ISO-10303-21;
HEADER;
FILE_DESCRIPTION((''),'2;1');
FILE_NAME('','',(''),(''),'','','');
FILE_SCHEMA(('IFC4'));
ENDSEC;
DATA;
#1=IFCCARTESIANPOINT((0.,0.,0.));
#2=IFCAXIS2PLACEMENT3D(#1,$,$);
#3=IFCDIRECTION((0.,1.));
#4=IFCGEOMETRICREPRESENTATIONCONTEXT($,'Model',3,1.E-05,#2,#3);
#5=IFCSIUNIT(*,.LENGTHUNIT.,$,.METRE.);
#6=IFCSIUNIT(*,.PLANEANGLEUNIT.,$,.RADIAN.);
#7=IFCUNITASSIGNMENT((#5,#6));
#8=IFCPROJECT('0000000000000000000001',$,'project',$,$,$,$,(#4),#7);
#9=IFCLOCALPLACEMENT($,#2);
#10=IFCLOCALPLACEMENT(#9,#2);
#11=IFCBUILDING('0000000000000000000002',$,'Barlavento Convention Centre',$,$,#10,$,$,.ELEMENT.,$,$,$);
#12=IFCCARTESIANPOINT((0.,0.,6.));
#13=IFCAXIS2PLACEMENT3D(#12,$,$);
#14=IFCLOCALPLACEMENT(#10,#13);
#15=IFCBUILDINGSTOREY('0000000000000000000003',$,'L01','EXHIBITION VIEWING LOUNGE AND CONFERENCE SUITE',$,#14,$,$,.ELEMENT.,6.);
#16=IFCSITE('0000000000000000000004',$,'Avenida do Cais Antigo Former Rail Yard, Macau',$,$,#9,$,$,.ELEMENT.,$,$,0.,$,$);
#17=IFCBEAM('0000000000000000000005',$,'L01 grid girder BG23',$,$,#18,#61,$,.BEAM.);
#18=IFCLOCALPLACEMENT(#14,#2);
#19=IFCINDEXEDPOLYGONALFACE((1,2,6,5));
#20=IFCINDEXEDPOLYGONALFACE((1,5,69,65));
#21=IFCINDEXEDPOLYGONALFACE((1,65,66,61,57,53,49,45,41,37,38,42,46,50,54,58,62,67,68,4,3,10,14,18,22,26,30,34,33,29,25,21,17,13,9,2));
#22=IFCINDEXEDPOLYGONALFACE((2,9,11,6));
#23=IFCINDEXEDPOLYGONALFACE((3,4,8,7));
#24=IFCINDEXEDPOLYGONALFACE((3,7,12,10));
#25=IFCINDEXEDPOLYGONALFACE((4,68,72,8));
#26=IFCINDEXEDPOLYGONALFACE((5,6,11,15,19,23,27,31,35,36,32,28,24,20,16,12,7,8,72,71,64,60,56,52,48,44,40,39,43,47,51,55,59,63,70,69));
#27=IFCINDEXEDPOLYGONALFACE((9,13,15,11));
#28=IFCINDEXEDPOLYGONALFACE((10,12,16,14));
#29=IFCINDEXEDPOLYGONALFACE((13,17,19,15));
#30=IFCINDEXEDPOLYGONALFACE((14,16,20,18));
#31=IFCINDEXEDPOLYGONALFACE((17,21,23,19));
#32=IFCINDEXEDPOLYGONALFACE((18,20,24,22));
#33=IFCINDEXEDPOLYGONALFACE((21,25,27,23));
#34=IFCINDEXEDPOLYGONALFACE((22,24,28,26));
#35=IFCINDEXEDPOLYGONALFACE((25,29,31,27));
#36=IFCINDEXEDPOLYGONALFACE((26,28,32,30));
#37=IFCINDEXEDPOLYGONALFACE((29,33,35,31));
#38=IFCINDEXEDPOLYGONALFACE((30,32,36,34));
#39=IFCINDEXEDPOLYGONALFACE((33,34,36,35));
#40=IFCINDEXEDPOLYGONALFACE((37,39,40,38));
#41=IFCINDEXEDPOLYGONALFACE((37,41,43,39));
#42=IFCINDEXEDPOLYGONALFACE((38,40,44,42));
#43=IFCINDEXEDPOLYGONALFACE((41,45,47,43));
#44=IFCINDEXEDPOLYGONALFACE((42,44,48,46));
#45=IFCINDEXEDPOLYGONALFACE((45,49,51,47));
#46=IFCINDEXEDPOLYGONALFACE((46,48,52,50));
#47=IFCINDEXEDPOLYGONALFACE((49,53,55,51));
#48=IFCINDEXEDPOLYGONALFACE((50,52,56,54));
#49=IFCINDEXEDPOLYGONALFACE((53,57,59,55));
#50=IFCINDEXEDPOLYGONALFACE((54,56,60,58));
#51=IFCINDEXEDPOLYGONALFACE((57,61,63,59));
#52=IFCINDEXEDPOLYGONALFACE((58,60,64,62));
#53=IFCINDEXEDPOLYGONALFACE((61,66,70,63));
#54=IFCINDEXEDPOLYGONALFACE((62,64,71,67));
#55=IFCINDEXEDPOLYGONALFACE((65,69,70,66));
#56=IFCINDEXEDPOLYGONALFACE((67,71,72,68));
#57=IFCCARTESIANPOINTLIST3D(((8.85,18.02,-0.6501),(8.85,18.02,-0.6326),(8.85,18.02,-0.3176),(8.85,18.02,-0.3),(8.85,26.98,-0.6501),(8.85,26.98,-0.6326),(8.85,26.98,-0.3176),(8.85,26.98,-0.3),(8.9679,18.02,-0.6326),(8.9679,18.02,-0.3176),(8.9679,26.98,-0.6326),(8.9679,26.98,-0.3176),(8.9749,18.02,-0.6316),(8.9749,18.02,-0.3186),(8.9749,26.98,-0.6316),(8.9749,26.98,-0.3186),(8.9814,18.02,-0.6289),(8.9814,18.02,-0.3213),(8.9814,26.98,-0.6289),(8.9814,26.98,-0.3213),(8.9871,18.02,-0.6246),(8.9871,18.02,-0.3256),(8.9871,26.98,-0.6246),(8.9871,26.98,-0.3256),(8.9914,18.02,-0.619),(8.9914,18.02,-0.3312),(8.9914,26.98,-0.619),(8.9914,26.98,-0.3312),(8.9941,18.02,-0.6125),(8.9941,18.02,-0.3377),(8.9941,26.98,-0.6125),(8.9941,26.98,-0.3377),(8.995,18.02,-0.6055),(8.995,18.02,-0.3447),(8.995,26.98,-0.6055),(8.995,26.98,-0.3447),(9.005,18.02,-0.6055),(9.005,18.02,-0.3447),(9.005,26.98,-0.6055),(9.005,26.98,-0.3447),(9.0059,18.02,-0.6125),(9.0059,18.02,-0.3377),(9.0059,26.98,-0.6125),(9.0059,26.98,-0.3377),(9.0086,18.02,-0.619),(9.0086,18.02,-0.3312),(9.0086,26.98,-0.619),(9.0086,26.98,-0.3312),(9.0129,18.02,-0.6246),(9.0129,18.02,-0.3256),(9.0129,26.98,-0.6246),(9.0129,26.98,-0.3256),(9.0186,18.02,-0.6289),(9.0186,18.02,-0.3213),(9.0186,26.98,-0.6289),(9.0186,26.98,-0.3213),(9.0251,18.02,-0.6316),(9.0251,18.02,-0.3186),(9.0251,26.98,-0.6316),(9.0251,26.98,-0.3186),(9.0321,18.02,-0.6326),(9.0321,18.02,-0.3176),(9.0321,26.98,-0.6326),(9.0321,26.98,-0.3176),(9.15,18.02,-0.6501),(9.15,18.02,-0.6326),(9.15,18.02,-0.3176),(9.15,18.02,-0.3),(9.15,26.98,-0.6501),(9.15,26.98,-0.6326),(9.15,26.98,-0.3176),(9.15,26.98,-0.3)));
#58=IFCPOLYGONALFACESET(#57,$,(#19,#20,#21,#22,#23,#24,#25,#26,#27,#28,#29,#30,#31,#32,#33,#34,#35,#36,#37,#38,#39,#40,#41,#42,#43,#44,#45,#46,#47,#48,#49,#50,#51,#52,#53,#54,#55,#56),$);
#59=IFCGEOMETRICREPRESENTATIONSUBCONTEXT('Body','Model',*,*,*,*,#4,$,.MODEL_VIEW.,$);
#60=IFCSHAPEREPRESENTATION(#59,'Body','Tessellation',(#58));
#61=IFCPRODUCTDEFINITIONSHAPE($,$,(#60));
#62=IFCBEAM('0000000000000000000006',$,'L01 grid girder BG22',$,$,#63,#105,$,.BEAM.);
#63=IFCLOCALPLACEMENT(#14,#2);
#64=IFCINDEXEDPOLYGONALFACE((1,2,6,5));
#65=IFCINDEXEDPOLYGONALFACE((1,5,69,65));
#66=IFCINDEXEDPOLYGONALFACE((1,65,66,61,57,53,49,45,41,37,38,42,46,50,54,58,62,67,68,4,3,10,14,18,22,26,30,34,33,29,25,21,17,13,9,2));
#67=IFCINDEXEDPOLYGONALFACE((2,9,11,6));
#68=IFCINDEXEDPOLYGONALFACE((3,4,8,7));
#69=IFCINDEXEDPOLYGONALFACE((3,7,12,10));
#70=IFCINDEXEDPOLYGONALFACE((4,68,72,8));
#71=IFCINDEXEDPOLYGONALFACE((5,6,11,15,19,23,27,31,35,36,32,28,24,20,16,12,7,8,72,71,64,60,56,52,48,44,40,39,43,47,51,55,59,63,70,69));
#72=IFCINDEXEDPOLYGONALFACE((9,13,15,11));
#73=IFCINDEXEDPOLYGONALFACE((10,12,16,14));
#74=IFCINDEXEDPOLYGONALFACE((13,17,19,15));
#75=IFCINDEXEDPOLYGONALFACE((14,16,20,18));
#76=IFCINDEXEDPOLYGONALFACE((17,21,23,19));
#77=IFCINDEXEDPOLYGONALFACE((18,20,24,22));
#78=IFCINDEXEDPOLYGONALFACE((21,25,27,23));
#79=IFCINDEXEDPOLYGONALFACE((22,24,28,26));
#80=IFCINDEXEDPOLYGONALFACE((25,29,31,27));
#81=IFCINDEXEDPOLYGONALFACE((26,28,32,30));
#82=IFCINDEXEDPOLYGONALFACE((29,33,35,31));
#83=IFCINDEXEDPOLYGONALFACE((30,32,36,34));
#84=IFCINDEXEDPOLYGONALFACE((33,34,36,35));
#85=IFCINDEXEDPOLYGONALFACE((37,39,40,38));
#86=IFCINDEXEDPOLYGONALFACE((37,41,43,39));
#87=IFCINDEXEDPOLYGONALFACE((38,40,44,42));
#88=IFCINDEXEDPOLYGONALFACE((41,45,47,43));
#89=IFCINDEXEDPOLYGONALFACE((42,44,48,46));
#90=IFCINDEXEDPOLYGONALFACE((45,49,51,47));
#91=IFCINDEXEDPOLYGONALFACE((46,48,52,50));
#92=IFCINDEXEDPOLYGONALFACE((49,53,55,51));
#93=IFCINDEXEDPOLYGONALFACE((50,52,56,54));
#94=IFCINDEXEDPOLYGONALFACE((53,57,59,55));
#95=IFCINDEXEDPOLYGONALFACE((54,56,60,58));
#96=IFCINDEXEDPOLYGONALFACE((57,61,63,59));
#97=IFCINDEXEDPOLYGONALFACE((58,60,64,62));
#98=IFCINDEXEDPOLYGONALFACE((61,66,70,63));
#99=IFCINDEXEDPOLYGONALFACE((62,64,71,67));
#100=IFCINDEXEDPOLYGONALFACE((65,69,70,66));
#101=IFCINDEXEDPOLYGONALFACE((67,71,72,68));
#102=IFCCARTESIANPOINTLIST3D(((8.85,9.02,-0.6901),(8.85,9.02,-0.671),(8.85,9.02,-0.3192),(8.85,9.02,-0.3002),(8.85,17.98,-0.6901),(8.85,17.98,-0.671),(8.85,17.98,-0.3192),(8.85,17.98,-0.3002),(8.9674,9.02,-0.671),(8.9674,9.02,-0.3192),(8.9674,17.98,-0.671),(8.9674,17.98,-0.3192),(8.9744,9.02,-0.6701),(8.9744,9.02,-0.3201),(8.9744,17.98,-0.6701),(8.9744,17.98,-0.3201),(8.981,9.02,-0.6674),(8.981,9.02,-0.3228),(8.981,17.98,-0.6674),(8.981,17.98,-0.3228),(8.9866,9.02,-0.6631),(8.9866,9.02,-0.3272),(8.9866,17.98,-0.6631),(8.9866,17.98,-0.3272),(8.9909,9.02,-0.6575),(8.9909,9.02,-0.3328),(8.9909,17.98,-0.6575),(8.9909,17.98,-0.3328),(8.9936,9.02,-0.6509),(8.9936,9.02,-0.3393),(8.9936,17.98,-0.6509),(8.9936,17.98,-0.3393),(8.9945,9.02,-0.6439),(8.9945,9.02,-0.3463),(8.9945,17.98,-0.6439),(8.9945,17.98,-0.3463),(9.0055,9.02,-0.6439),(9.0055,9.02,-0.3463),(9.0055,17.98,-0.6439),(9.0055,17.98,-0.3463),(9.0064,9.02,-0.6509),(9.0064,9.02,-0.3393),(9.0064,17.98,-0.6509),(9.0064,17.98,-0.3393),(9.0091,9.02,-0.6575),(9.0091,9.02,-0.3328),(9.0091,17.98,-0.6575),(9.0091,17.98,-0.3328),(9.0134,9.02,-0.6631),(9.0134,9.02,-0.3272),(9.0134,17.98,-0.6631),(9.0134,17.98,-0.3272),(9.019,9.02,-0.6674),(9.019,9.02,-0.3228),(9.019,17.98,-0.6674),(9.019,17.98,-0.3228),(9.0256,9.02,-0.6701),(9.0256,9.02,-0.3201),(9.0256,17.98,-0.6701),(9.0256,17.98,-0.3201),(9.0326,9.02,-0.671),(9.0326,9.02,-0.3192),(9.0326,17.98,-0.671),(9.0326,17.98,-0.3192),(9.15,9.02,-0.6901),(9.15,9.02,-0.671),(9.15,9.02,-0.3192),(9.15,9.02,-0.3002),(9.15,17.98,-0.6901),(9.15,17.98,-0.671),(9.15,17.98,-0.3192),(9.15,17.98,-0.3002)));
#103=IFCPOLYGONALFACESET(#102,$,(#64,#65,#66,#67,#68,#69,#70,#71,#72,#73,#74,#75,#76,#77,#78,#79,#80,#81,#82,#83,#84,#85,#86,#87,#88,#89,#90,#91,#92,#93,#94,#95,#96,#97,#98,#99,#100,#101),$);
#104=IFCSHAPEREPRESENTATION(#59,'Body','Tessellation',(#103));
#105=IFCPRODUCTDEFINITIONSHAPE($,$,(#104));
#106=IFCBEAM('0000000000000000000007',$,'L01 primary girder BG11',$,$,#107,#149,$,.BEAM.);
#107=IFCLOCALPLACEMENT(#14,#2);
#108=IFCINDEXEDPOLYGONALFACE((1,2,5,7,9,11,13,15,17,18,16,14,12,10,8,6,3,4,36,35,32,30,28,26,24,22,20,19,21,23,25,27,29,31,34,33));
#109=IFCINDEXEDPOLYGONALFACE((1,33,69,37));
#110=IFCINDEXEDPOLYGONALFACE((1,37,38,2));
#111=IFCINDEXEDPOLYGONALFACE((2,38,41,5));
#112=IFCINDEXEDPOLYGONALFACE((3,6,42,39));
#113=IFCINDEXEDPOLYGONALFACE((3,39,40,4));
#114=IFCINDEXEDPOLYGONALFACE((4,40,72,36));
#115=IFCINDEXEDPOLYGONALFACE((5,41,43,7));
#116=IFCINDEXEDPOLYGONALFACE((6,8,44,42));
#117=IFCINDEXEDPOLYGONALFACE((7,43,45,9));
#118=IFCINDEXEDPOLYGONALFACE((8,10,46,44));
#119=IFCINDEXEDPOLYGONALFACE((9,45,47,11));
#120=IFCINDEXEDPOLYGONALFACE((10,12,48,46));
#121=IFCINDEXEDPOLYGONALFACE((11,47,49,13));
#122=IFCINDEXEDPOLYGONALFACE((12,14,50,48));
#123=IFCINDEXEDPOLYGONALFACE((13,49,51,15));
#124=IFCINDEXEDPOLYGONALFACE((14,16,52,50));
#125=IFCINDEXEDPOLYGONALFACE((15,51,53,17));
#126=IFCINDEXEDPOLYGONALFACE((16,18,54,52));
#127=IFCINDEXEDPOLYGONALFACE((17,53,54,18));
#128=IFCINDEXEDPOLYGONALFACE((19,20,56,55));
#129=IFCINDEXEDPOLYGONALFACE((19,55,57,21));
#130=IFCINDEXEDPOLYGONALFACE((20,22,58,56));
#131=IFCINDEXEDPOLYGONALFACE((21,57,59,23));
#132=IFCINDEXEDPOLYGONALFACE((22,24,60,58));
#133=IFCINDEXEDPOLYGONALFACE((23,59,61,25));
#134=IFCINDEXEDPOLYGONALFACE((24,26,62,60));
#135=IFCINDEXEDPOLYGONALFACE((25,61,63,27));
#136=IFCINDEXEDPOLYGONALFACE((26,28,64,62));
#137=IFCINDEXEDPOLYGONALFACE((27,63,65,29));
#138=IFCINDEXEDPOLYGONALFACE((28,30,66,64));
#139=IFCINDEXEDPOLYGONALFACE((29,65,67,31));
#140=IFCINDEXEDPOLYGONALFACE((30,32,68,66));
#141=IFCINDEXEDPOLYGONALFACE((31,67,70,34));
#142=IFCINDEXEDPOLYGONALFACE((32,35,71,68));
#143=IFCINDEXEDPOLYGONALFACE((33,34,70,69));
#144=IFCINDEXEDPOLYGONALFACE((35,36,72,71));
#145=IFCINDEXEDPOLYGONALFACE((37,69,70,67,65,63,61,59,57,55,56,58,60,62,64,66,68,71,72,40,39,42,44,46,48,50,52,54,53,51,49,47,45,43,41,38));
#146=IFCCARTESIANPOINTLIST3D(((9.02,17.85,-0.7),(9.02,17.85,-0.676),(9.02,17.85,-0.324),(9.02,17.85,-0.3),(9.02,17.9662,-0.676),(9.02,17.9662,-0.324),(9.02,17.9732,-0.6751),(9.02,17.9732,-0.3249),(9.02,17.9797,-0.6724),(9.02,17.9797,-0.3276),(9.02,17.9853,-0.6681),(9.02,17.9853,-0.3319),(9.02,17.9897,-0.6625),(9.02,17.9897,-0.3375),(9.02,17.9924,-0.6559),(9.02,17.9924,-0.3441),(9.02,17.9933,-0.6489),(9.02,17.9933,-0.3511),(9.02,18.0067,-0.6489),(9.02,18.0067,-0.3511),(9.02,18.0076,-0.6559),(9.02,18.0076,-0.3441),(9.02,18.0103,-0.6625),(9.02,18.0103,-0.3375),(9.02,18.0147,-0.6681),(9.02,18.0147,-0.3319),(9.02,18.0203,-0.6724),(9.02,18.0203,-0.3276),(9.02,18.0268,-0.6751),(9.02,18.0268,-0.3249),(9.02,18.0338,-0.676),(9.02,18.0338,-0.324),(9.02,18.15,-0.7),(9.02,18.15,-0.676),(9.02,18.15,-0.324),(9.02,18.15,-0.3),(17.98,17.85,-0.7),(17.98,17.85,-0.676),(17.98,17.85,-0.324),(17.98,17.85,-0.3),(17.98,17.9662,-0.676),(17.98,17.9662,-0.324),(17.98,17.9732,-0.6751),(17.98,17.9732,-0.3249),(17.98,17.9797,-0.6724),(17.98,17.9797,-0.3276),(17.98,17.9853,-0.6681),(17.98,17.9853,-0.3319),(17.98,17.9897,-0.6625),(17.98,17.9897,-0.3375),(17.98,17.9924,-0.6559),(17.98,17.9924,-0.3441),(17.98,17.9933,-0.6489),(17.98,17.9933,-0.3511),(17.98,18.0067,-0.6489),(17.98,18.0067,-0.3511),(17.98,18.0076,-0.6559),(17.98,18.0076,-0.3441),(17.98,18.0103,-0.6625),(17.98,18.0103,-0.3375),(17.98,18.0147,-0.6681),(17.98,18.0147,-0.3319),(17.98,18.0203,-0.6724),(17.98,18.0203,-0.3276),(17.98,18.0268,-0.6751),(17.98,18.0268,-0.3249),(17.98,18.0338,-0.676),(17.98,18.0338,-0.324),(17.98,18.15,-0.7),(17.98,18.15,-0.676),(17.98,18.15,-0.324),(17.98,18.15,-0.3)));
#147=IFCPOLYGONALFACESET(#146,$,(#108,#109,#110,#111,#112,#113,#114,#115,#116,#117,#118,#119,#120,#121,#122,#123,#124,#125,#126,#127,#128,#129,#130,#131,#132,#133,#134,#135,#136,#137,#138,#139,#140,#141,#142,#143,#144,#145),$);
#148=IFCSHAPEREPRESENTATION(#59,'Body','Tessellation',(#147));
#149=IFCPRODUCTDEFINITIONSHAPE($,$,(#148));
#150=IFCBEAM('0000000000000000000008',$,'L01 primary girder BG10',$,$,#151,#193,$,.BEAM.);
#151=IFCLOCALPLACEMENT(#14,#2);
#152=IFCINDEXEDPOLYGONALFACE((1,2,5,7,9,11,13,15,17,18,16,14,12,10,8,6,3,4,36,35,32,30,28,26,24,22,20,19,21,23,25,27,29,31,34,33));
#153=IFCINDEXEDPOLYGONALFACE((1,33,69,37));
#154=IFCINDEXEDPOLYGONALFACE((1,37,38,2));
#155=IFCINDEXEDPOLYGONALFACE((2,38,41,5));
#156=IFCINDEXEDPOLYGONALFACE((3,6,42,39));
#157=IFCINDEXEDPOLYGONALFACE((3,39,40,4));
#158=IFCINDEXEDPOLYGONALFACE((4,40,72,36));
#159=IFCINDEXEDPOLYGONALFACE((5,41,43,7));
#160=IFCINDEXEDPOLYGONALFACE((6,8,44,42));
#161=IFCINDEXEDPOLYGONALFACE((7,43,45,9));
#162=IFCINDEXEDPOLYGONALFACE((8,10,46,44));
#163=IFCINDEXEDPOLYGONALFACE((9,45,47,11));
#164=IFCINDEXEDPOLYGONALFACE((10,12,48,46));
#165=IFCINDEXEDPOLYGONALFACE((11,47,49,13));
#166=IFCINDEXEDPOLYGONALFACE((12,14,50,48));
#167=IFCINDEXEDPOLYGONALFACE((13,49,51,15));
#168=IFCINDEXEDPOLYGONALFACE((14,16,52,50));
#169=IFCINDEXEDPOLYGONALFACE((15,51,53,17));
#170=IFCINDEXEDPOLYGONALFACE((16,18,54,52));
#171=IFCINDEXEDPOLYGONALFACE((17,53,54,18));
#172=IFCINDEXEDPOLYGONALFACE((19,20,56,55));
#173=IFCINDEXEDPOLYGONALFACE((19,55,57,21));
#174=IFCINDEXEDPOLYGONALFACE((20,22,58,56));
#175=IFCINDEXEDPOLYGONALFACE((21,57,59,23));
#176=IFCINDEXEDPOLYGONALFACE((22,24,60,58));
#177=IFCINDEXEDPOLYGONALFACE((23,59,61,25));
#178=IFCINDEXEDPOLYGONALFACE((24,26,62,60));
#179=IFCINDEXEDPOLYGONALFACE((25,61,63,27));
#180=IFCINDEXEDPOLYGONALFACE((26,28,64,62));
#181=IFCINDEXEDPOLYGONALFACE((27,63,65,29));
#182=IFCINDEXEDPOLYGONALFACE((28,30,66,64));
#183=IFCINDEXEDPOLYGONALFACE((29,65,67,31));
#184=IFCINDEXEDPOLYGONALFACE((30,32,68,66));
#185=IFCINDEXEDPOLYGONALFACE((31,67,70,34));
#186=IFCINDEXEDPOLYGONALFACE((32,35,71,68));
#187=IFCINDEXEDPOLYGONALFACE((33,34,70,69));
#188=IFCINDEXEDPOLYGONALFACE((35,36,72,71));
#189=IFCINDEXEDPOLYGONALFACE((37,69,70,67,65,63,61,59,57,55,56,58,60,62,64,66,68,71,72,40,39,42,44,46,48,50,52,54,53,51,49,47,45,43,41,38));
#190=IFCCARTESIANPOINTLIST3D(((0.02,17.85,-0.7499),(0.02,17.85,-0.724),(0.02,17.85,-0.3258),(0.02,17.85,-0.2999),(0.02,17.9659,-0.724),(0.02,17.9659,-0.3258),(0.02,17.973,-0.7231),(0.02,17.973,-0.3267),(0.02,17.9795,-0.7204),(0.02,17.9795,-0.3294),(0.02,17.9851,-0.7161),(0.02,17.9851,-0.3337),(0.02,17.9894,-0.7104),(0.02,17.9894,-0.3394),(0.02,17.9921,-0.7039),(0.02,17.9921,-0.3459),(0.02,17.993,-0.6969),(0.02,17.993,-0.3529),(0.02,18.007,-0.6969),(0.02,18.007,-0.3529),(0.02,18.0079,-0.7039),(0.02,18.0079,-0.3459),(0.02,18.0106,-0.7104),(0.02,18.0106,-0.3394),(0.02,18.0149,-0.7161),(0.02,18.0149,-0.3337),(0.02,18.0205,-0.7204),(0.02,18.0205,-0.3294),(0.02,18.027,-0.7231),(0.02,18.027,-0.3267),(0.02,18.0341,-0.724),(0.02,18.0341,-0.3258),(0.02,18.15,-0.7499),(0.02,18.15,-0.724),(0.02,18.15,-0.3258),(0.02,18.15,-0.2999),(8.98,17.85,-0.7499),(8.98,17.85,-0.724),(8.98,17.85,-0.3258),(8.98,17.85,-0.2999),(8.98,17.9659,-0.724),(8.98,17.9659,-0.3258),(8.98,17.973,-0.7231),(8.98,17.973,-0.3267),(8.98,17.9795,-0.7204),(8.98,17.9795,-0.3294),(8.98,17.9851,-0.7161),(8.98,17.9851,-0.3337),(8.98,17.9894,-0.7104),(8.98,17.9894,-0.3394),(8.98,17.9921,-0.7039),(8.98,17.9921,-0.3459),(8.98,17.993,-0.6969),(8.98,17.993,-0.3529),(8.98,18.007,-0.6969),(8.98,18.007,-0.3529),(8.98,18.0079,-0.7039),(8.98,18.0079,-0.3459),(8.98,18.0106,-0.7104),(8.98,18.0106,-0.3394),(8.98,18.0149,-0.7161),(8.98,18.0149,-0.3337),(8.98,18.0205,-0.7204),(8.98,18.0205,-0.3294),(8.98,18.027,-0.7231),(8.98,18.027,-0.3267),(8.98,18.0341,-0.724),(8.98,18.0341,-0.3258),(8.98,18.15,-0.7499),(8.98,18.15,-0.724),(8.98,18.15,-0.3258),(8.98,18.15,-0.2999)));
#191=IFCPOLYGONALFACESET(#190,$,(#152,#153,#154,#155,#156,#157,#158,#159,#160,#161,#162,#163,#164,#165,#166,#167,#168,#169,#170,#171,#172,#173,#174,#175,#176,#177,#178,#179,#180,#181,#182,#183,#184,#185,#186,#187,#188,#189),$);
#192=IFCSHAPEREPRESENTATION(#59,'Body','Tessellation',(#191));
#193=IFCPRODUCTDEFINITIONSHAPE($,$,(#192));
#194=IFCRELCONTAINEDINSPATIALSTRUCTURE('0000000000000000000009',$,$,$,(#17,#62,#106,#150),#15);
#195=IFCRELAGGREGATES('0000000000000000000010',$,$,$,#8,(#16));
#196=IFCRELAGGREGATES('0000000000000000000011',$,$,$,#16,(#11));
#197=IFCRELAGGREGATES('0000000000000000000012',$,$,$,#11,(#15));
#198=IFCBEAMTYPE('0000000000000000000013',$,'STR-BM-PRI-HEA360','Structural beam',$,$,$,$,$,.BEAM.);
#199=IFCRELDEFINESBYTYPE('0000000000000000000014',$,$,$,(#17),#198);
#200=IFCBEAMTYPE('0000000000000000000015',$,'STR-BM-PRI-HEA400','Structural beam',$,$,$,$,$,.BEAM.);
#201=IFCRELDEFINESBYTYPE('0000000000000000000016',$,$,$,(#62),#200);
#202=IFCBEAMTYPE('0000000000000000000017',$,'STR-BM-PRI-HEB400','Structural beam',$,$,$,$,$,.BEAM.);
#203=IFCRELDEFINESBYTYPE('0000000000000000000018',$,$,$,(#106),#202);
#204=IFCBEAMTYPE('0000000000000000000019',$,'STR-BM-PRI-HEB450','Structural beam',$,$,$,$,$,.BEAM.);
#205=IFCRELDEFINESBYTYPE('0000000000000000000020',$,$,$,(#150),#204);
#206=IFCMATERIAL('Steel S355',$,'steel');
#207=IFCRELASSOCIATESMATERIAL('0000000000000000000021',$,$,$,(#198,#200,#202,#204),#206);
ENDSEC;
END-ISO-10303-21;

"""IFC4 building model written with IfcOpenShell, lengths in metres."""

from ifc_helpers import new_model, si_unit, direction, frame, origin, origin_2d, place, context, subcontext, project, spatial, i_section, extrude, material, material_profile, profile_set, type_object, element, save


model = new_model("IFC4")

# Units and contexts
model_context = context("Model", 3, precision=1e-05, world=origin(), true_north=direction((0.0, 1.0)))
body_context = subcontext(model_context, "Body", "Model", "MODEL_VIEW")
ifc_project = project(units=[si_unit("LENGTHUNIT", "METRE"), si_unit("PLANEANGLEUNIT", "RADIAN")], contexts=[model_context])

# Site, building, storey
site_placement = place(None, origin())
site = spatial("IfcSite", under=ifc_project, at=site_placement, Name="Avenida do Cais Antigo Former Rail Yard, Macau", CompositionType="ELEMENT", RefElevation=0.0)
building_placement = place(site_placement, origin())
building = spatial("IfcBuilding", under=site, at=building_placement, Name="Barlavento Convention Centre", CompositionType="ELEMENT")
storey_placement = place(building_placement, frame((0.0, 0.0, 6.0)))
storey = spatial("IfcBuildingStorey", under=building, at=storey_placement, Name="L01", Description="EXHIBITION VIEWING LOUNGE AND CONFERENCE SUITE", CompositionType="ELEMENT", Elevation=6.0)

# Beams
ifc_material_1 = material(Name="Steel S355", Category="steel")
ifc_material_profile_1 = material_profile(ifc_material_1, i_section(OverallWidth=0.3, OverallDepth=0.3501, WebThickness=0.01, FlangeThickness=0.0176, FilletRadius=0.0271, at=origin_2d()), Name="HEA 360")
ifc_profile_set_1 = profile_set([ifc_material_profile_1], Name="Steel S355")
beam_type_1 = type_object("IfcBeamType", Name="STR-BM-PRI-HEA360", Description="Structural beam", PredefinedType="BEAM", material=ifc_profile_set_1)
beam_1_placement = place(storey_placement, frame((9.0, 18.02, -0.4751), z_axis=(0.0, 1.0, 0.0), x_axis=(-1.0, 0.0, 0.0)))
element("IfcBeam", 1, at=beam_1_placement, inside=storey, type_object=beam_type_1, Name="L01 grid girder BG23", PredefinedType="BEAM", context=body_context, shape_type="SweptSolid", body=[
    extrude(i_section(OverallWidth=0.3, OverallDepth=0.3501, WebThickness=0.01, FlangeThickness=0.0176, FilletRadius=0.0271, at=origin_2d()), origin(), (0.0, 0.0, 1.0), 8.96),
])
ifc_material_profile_2 = material_profile(ifc_material_1, i_section(OverallWidth=0.3, OverallDepth=0.3899, WebThickness=0.011, FlangeThickness=0.019, FilletRadius=0.0271, at=origin_2d()), Name="HEA 400")
ifc_profile_set_2 = profile_set([ifc_material_profile_2], Name="Steel S355")
beam_type_2 = type_object("IfcBeamType", Name="STR-BM-PRI-HEA400", Description="Structural beam", PredefinedType="BEAM", material=ifc_profile_set_2)
beam_2_placement = place(storey_placement, frame((9.0, 9.02, -0.4951), z_axis=(0.0, 1.0, 0.0), x_axis=(-1.0, 0.0, 0.0)))
element("IfcBeam", 2, at=beam_2_placement, inside=storey, type_object=beam_type_2, Name="L01 grid girder BG22", PredefinedType="BEAM", context=body_context, shape_type="SweptSolid", body=[
    extrude(i_section(OverallWidth=0.3, OverallDepth=0.3899, WebThickness=0.011, FlangeThickness=0.019, FilletRadius=0.0271, at=origin_2d()), origin(), (0.0, 0.0, 1.0), 8.96),
])
ifc_material_profile_3 = material_profile(ifc_material_1, i_section(OverallWidth=0.3, OverallDepth=0.3999, WebThickness=0.0134, FlangeThickness=0.0239, FilletRadius=0.0271, at=origin_2d()), Name="HEB 400")
ifc_profile_set_3 = profile_set([ifc_material_profile_3], Name="Steel S355")
beam_type_3 = type_object("IfcBeamType", Name="STR-BM-PRI-HEB400", Description="Structural beam", PredefinedType="BEAM", material=ifc_profile_set_3)
beam_3_placement = place(storey_placement, frame((9.02, 18.0, -0.5), z_axis=(1.0, 0.0, 0.0), x_axis=(0.0, 1.0, 0.0)))
element("IfcBeam", 3, at=beam_3_placement, inside=storey, type_object=beam_type_3, Name="L01 primary girder BG11", PredefinedType="BEAM", context=body_context, shape_type="SweptSolid", body=[
    extrude(i_section(OverallWidth=0.3, OverallDepth=0.3999, WebThickness=0.0134, FlangeThickness=0.0239, FilletRadius=0.0271, at=origin_2d()), origin(), (0.0, 0.0, 1.0), 8.96),
])
ifc_material_profile_4 = material_profile(ifc_material_1, i_section(OverallWidth=0.3, OverallDepth=0.45, WebThickness=0.0139, FlangeThickness=0.0259, FilletRadius=0.0271, at=origin_2d()), Name="HEB 450")
ifc_profile_set_4 = profile_set([ifc_material_profile_4], Name="Steel S355")
beam_type_4 = type_object("IfcBeamType", Name="STR-BM-PRI-HEB450", Description="Structural beam", PredefinedType="BEAM", material=ifc_profile_set_4)
beam_4_placement = place(storey_placement, frame((0.02, 18.0, -0.5249), z_axis=(1.0, 0.0, 0.0), x_axis=(0.0, 1.0, 0.0)))
element("IfcBeam", 4, at=beam_4_placement, inside=storey, type_object=beam_type_4, Name="L01 primary girder BG10", PredefinedType="BEAM", context=body_context, shape_type="SweptSolid", body=[
    extrude(i_section(OverallWidth=0.3, OverallDepth=0.45, WebThickness=0.0139, FlangeThickness=0.0259, FilletRadius=0.0271, at=origin_2d()), origin(), (0.0, 0.0, 1.0), 8.96),
])

save(model, "model.ifc")
